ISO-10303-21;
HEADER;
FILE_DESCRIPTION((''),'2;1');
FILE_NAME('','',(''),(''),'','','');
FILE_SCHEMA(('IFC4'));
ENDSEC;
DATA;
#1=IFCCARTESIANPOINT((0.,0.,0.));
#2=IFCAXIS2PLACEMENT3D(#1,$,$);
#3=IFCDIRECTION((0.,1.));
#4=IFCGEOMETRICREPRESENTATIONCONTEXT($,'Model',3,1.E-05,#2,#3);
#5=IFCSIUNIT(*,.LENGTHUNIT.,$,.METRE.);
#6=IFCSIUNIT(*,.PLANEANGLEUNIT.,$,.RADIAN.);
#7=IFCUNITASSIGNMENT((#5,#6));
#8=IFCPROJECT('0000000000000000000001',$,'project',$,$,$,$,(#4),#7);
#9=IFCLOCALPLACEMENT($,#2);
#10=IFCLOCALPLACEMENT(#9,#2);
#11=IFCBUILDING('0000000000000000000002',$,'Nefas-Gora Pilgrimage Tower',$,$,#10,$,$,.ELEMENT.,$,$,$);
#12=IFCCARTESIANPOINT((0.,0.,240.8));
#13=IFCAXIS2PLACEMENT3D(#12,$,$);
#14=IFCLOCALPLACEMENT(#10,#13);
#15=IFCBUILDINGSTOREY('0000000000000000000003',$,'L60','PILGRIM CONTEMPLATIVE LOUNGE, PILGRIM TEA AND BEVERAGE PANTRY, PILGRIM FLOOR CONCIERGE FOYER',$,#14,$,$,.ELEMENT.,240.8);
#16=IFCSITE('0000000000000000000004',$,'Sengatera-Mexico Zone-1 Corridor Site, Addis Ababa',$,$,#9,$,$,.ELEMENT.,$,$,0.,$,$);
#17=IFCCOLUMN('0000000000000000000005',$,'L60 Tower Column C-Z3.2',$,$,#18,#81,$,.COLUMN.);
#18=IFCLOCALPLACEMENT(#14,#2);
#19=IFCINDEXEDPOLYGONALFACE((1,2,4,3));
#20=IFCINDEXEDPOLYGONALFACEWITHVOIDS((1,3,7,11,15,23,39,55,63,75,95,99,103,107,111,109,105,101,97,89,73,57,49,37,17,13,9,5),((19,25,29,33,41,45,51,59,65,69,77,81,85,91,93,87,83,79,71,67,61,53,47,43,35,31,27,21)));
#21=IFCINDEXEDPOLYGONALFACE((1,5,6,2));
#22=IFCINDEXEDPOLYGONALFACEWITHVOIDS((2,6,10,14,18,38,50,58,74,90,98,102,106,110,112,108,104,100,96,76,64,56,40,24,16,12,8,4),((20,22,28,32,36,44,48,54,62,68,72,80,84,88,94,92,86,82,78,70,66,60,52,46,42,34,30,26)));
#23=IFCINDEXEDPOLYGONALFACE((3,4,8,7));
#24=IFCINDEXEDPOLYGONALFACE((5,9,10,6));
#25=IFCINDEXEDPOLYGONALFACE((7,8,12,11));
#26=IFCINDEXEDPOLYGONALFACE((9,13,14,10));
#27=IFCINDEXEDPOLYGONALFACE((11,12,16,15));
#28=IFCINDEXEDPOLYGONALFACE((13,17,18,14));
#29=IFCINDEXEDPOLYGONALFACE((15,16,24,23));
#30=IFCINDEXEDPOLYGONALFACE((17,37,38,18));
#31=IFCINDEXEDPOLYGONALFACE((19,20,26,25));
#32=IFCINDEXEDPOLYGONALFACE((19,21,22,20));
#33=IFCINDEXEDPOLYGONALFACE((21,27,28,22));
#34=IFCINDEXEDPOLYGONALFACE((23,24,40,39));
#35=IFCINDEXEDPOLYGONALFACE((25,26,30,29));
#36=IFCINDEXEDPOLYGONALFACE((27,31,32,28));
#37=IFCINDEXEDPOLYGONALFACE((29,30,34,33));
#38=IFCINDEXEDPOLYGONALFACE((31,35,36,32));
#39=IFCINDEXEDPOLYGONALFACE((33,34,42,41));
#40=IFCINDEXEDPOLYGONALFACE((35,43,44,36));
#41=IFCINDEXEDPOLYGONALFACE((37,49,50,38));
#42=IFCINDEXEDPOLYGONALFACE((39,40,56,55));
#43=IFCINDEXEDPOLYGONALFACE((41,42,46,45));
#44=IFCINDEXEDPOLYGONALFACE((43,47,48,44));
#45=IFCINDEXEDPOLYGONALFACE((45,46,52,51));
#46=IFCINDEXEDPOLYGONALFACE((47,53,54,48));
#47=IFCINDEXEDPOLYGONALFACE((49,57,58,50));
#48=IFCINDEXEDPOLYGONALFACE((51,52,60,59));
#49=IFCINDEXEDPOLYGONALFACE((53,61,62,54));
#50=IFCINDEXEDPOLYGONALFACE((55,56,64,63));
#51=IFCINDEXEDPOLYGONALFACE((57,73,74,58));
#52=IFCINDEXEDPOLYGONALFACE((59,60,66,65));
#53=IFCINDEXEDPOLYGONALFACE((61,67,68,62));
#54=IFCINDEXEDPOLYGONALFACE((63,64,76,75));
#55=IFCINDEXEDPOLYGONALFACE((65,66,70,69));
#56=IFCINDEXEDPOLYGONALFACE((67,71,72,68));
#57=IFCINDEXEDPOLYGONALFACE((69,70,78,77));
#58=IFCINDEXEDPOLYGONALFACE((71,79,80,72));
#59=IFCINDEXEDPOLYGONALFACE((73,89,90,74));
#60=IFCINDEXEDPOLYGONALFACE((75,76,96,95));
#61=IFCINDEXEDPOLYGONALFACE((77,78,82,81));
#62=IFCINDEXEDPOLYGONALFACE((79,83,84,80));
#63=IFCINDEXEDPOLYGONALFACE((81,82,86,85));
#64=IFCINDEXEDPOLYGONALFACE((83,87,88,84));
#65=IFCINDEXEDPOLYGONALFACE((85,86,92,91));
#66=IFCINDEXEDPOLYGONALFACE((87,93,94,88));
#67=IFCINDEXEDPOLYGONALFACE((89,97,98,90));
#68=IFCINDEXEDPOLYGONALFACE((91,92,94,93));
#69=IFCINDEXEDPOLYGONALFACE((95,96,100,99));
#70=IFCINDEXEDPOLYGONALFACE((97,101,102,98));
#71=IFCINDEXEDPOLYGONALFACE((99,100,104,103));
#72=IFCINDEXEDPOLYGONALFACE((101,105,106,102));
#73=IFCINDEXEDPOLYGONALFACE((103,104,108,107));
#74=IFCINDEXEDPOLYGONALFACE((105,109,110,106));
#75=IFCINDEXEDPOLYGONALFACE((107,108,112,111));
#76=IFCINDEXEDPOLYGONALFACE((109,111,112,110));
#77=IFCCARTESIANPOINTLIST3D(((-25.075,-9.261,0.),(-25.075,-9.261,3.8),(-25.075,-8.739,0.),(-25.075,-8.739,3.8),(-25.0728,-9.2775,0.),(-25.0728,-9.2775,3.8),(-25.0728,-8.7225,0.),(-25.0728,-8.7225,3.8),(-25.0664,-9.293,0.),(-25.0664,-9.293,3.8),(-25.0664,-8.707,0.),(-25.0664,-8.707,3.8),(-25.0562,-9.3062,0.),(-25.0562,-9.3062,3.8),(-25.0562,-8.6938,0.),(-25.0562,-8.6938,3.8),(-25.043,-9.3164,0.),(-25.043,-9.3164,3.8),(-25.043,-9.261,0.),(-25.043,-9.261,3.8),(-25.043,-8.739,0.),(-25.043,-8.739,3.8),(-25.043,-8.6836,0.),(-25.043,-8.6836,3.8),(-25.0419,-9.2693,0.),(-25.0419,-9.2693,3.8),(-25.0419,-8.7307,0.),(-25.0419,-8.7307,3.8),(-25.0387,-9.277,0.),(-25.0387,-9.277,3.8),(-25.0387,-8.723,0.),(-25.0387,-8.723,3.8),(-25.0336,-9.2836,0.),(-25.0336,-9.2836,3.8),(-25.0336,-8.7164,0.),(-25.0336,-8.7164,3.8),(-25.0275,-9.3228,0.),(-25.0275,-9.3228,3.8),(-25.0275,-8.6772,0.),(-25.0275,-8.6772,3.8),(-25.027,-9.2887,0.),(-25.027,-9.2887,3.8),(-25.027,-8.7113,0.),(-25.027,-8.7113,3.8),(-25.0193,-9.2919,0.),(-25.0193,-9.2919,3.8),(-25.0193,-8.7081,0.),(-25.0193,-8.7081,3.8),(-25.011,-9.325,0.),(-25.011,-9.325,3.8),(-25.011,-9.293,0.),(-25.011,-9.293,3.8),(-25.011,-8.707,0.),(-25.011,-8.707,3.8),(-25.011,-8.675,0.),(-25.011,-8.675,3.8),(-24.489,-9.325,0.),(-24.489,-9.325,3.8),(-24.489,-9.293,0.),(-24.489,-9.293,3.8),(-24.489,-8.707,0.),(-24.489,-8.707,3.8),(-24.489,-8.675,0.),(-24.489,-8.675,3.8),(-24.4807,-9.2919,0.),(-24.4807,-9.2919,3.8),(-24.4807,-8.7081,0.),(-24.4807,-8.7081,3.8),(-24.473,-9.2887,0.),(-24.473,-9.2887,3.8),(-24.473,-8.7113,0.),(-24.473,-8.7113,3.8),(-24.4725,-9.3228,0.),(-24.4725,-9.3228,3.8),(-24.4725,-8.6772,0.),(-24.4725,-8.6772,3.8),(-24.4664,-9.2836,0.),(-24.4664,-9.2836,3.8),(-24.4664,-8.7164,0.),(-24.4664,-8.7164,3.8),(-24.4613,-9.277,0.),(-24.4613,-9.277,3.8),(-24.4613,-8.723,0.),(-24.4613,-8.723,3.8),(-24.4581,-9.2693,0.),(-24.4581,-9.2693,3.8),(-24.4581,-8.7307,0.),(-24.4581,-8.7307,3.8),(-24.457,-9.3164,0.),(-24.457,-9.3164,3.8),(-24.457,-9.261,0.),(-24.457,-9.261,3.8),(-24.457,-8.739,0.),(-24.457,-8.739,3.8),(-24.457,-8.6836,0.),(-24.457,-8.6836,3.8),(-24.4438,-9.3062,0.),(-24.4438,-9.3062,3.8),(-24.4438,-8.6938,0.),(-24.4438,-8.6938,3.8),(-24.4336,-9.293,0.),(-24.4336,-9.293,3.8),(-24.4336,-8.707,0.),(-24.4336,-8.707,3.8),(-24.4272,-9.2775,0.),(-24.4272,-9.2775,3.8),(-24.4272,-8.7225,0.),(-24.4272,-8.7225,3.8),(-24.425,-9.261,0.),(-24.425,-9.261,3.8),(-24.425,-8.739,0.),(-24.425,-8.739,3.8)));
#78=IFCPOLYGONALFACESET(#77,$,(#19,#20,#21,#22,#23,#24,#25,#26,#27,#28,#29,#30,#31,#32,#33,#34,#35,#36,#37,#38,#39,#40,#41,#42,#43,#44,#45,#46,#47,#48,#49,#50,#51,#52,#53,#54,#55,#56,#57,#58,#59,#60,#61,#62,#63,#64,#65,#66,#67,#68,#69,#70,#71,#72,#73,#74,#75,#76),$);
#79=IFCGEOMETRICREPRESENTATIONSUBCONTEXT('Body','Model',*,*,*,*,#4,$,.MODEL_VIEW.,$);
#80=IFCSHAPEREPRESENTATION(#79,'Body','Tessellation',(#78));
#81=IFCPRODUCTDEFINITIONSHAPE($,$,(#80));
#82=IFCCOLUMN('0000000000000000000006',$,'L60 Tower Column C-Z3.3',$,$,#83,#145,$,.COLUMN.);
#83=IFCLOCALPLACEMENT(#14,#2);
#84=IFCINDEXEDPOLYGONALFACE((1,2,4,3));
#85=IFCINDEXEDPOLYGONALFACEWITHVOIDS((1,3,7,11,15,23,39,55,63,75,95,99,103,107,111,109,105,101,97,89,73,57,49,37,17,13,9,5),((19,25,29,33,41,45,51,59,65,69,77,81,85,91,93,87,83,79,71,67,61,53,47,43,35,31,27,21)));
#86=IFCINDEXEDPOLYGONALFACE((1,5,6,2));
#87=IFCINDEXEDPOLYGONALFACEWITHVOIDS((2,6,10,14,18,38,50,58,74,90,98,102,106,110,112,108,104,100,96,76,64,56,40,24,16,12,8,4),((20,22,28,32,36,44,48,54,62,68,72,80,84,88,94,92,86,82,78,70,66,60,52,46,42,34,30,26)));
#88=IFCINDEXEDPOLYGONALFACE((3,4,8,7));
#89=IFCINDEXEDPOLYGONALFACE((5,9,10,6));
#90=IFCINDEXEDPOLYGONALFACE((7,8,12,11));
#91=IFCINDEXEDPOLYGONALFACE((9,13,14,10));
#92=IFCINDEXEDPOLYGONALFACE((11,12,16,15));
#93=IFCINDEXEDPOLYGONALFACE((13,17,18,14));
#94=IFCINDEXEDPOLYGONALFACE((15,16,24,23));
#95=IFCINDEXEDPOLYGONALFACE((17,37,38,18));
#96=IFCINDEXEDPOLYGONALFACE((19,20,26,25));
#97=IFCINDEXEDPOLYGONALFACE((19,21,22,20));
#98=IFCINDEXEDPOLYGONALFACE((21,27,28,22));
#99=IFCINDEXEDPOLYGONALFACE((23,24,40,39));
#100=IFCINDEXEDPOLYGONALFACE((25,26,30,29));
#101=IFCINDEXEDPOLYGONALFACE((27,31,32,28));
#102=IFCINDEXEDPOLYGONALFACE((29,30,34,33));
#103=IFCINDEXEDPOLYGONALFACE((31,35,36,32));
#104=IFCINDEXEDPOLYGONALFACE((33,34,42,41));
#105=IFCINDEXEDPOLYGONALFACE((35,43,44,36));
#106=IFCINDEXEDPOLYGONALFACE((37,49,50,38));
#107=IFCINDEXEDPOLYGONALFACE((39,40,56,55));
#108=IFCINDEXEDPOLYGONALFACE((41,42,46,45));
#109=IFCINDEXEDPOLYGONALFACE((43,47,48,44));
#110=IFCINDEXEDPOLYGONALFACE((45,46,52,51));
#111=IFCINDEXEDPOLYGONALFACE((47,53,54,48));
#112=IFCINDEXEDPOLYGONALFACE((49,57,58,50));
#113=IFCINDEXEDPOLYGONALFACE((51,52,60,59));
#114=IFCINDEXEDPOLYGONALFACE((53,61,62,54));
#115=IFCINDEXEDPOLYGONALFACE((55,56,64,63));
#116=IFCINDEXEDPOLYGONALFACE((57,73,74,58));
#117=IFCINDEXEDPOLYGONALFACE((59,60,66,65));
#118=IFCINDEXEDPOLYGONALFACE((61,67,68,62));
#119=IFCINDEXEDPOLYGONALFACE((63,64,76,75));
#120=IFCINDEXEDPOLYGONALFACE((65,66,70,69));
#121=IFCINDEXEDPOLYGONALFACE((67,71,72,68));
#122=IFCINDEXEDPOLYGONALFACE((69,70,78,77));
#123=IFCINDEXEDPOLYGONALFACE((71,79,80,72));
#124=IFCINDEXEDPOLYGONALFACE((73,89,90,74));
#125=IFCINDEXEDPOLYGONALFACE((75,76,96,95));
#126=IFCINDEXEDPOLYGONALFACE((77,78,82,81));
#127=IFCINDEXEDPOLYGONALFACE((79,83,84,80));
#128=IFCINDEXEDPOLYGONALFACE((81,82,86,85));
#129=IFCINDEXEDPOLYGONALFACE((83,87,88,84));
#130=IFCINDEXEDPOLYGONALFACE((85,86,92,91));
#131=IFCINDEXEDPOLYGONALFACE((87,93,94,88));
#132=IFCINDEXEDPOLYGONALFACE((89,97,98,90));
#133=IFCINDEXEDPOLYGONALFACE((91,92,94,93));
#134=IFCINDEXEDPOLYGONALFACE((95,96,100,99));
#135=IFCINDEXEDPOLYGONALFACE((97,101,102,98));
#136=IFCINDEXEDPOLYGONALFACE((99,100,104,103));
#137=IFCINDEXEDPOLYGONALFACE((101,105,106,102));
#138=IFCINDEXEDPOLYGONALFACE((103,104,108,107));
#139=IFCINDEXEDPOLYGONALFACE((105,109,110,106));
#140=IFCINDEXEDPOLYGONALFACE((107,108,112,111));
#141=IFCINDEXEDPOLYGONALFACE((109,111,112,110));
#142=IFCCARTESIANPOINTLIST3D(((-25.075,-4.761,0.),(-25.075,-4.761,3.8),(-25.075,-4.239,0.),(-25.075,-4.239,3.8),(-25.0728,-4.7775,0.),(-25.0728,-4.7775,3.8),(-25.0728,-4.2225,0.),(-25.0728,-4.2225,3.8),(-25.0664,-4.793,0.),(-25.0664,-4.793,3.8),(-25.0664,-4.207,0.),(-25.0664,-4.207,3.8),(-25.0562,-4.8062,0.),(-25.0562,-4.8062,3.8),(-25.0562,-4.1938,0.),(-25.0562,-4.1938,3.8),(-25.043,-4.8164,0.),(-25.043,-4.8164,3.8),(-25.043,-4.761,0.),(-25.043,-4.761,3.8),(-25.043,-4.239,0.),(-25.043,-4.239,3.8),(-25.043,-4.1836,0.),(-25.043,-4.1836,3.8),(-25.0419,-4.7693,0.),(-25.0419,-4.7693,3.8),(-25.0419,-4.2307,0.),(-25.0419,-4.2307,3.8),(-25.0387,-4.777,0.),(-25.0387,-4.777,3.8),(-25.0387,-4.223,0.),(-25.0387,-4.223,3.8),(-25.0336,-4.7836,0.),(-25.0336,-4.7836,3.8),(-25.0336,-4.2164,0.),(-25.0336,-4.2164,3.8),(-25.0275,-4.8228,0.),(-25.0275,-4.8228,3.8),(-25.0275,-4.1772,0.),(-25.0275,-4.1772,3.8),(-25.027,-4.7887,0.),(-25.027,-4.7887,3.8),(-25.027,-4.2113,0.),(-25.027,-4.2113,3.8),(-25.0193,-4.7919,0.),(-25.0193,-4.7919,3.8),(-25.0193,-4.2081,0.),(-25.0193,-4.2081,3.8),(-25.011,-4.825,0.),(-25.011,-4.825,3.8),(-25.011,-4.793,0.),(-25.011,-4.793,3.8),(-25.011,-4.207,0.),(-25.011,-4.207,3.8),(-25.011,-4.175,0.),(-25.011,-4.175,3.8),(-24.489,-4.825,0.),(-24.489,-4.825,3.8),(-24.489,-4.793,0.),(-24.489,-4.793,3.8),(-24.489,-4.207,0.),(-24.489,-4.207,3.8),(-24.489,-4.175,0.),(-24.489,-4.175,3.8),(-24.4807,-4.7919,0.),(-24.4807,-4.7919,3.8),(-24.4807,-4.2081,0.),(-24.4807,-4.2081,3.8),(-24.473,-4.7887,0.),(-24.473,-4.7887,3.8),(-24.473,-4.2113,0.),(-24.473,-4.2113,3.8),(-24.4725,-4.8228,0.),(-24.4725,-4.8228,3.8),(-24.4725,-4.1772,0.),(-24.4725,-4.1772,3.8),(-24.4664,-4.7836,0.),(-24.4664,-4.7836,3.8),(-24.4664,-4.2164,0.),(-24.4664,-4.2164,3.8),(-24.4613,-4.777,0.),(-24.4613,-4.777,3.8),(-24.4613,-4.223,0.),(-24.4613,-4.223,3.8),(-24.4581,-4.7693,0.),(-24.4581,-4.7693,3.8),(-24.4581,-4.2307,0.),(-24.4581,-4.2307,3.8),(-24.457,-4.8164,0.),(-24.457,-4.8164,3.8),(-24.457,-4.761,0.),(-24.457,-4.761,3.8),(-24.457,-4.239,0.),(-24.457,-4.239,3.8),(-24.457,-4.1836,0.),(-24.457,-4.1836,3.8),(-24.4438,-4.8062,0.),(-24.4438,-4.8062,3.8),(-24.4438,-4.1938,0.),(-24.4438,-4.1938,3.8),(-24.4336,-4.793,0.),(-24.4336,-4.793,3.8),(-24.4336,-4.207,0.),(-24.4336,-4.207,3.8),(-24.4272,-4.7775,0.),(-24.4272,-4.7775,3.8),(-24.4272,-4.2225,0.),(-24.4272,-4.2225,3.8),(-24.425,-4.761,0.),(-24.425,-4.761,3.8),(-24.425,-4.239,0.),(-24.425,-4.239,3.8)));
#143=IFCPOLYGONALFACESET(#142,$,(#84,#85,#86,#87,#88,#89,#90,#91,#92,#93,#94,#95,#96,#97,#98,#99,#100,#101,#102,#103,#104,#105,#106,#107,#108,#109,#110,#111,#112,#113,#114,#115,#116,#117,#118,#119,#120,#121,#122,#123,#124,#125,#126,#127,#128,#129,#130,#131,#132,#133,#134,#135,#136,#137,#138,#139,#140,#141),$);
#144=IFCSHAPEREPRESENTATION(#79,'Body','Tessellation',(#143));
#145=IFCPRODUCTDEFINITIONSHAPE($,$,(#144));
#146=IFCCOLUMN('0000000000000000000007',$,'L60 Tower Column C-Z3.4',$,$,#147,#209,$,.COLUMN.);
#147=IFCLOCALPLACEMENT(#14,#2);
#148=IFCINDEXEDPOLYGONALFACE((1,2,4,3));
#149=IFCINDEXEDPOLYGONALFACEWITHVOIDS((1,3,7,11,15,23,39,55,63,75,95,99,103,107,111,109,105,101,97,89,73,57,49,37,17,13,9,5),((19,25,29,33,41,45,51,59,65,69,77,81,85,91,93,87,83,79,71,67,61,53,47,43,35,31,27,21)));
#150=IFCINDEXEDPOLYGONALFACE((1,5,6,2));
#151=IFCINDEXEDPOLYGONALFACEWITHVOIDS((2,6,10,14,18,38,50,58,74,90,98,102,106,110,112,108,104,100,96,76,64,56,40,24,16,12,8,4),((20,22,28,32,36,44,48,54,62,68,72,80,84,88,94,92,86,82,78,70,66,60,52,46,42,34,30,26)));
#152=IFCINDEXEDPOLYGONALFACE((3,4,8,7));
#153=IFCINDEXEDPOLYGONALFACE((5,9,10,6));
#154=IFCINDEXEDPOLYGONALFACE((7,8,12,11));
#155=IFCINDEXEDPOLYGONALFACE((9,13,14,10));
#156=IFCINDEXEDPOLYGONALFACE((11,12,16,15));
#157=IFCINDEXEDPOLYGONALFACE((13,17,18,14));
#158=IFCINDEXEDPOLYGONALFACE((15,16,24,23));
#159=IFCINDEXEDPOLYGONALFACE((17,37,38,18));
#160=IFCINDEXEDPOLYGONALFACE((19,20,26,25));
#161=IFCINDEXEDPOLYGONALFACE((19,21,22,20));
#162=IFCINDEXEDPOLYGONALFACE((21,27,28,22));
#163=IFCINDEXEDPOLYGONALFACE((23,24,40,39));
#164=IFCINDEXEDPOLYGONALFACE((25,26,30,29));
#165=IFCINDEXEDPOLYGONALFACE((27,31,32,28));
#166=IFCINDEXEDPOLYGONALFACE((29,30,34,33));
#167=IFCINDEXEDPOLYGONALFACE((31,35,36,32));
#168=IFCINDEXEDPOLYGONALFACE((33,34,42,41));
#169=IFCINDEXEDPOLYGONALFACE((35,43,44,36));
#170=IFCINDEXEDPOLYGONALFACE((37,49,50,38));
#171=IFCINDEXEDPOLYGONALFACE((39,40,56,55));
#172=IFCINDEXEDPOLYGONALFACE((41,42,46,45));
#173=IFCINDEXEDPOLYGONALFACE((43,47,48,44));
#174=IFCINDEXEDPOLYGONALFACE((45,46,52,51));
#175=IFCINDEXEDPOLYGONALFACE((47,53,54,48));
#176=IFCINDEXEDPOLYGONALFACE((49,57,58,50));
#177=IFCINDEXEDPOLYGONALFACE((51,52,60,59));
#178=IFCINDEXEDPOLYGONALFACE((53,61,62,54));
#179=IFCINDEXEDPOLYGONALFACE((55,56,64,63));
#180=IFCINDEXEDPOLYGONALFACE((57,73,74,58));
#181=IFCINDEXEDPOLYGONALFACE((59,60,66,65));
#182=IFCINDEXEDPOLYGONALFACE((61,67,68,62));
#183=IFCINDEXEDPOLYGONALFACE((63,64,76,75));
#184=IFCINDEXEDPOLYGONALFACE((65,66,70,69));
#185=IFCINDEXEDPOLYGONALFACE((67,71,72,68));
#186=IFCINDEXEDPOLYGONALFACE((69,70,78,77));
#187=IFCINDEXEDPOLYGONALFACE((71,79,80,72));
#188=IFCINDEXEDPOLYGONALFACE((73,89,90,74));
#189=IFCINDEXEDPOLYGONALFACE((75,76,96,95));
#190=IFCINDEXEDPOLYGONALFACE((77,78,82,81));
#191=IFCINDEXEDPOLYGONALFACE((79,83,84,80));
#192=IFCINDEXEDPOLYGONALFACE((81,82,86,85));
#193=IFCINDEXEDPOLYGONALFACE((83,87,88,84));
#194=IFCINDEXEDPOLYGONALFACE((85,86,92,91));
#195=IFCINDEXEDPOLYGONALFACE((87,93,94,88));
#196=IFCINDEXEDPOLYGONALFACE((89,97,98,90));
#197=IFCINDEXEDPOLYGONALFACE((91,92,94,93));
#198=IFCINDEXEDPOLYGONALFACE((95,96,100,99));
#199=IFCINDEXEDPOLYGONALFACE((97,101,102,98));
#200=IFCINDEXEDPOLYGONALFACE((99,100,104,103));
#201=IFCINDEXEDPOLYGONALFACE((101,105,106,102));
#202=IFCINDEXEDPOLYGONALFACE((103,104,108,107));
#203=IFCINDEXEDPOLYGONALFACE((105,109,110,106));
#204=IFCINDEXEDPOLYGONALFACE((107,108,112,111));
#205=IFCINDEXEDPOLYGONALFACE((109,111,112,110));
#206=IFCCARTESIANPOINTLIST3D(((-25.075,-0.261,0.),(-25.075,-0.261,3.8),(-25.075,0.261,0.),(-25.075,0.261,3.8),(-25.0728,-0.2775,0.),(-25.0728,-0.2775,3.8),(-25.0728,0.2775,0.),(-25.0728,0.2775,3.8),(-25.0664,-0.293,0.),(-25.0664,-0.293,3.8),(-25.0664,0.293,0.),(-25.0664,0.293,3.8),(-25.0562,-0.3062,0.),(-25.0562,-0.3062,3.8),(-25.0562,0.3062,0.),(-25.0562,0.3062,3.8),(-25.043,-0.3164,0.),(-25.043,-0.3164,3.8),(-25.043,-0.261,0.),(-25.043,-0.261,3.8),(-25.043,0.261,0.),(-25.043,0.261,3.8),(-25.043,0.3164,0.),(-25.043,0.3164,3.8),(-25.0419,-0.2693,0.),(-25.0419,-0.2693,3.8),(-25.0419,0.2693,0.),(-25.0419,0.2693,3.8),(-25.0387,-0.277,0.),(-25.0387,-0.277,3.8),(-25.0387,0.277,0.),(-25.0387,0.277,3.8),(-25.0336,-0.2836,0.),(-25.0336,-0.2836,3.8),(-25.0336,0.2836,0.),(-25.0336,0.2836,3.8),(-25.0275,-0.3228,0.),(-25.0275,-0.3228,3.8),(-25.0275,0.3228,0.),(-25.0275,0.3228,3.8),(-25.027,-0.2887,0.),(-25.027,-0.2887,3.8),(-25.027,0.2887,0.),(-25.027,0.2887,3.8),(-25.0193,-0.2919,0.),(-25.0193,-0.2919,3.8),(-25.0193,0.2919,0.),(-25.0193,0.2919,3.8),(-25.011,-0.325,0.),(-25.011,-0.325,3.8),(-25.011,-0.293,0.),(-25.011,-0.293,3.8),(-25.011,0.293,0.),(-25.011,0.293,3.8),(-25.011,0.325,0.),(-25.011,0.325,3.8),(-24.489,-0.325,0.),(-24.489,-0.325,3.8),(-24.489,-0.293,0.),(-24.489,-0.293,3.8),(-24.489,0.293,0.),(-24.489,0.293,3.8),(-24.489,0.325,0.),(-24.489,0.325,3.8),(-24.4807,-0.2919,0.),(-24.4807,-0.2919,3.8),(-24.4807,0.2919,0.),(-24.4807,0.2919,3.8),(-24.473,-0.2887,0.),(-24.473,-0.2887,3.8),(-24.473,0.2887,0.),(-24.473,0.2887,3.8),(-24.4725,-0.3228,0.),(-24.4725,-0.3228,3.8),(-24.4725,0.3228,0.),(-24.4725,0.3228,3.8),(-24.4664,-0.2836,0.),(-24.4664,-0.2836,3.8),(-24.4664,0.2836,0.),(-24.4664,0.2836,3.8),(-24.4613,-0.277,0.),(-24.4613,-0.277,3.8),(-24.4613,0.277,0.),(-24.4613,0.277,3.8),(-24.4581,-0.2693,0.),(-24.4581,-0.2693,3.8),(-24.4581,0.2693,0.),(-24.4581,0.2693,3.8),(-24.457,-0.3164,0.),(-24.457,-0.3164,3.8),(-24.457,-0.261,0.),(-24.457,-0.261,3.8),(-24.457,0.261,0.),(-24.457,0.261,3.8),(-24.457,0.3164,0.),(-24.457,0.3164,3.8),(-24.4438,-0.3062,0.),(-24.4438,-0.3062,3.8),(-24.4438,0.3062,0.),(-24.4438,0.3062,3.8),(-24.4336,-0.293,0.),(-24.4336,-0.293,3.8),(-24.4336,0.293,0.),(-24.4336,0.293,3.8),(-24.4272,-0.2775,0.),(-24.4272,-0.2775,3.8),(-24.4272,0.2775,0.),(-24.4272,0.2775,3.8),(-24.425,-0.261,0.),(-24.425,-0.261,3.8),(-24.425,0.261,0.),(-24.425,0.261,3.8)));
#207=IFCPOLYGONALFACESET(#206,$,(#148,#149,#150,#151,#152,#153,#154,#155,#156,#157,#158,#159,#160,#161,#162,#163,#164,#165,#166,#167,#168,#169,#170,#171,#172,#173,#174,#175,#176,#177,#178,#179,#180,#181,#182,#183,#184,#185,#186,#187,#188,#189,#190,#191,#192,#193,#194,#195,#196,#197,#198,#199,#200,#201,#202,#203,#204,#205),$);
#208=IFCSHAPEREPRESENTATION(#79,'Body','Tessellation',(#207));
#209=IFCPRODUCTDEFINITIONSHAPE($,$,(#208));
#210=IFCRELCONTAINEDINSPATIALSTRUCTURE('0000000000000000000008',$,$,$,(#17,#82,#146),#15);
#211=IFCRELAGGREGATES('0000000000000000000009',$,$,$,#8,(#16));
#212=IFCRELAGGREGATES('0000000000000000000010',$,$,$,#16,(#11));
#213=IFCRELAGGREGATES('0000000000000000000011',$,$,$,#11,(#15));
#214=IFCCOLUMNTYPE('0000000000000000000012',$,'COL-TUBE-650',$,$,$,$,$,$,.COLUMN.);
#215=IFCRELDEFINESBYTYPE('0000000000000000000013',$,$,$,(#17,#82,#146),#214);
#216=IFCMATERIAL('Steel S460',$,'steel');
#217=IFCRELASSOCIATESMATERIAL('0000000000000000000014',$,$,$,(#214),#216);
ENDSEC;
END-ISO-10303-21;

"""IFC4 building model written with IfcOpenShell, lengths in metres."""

from ifc_helpers import new_model, si_unit, direction, frame, origin, origin_2d, place, context, subcontext, project, spatial, hollow_rectangle, extrude, source, transform, mapped, material, material_profile, profile_set, type_object, element, save


model = new_model("IFC4")

# Units and contexts
model_context = context("Model", 3, precision=1e-05, world=origin(), true_north=direction((0.0, 1.0)))
body_context = subcontext(model_context, "Body", "Model", "MODEL_VIEW")
ifc_project = project(units=[si_unit("LENGTHUNIT", "METRE"), si_unit("PLANEANGLEUNIT", "RADIAN")], contexts=[model_context])

# Site, building, storey
site_placement = place(None, origin())
site = spatial("IfcSite", under=ifc_project, at=site_placement, Name="Sengatera-Mexico Zone-1 Corridor Site, Addis Ababa", CompositionType="ELEMENT", RefElevation=0.0)
building_placement = place(site_placement, origin())
building = spatial("IfcBuilding", under=site, at=building_placement, Name="Nefas-Gora Pilgrimage Tower", CompositionType="ELEMENT")
storey_placement = place(building_placement, frame((0.0, 0.0, 240.8)))
storey = spatial("IfcBuildingStorey", under=building, at=storey_placement, Name="L60", Description="PILGRIM CONTEMPLATIVE LOUNGE, PILGRIM TEA AND BEVERAGE PANTRY, PILGRIM FLOOR CONCIERGE FOYER", CompositionType="ELEMENT", Elevation=240.8)

# Columns
ifc_material_1 = material(Name="Steel S460", Category="steel")
ifc_material_profile_1 = material_profile(ifc_material_1, hollow_rectangle(XDim=0.6499, YDim=0.6499, WallThickness=0.032, InnerFilletRadius=0.032, OuterFilletRadius=0.064, at=origin_2d()), Name="BOX 650x650x32")
ifc_profile_set_1 = profile_set([ifc_material_profile_1], Name="Steel S460")
column_type_1 = type_object("IfcColumnType", Name="COL-TUBE-650", PredefinedType="COLUMN", material=ifc_profile_set_1)
shared_shape_1 = source(origin(), body_context, "Body", "SweptSolid", [
    extrude(hollow_rectangle(XDim=0.6499, YDim=0.6499, WallThickness=0.032, InnerFilletRadius=0.032, OuterFilletRadius=0.064, at=origin_2d()), origin(), (0.0, 0.0, 1.0), 3.8),
])
for number, where, z_axis, x_axis, name in (
    (1, (-24.75, -9.0, 0.0), (0.0, 0.0, 1.0), (1.0, 0.0, 0.0), "L60 Tower Column C-Z3.2"),
    (2, (-24.75, -4.5, 0.0), (0.0, 0.0, 1.0), (1.0, 0.0, 0.0), "L60 Tower Column C-Z3.3"),
    (3, (-24.75, 0.0, 0.0), (0.0, 0.0, 1.0), (1.0, 0.0, 0.0), "L60 Tower Column C-Z3.4"),
):
    element("IfcColumn", number, at=place(storey_placement, frame(where, z_axis=z_axis, x_axis=x_axis)), inside=storey, type_object=column_type_1, Name=name, PredefinedType="COLUMN", context=body_context, shape_type="MappedRepresentation", body=[
        mapped(shared_shape_1, transform((0.0, 0.0, 0.0), x_axis=(1.0, 0.0, 0.0), y_axis=(0.0, 1.0, 0.0), z_axis=(0.0, 0.0, 1.0), scale=1.0)),
    ])

save(model, "model.ifc")
